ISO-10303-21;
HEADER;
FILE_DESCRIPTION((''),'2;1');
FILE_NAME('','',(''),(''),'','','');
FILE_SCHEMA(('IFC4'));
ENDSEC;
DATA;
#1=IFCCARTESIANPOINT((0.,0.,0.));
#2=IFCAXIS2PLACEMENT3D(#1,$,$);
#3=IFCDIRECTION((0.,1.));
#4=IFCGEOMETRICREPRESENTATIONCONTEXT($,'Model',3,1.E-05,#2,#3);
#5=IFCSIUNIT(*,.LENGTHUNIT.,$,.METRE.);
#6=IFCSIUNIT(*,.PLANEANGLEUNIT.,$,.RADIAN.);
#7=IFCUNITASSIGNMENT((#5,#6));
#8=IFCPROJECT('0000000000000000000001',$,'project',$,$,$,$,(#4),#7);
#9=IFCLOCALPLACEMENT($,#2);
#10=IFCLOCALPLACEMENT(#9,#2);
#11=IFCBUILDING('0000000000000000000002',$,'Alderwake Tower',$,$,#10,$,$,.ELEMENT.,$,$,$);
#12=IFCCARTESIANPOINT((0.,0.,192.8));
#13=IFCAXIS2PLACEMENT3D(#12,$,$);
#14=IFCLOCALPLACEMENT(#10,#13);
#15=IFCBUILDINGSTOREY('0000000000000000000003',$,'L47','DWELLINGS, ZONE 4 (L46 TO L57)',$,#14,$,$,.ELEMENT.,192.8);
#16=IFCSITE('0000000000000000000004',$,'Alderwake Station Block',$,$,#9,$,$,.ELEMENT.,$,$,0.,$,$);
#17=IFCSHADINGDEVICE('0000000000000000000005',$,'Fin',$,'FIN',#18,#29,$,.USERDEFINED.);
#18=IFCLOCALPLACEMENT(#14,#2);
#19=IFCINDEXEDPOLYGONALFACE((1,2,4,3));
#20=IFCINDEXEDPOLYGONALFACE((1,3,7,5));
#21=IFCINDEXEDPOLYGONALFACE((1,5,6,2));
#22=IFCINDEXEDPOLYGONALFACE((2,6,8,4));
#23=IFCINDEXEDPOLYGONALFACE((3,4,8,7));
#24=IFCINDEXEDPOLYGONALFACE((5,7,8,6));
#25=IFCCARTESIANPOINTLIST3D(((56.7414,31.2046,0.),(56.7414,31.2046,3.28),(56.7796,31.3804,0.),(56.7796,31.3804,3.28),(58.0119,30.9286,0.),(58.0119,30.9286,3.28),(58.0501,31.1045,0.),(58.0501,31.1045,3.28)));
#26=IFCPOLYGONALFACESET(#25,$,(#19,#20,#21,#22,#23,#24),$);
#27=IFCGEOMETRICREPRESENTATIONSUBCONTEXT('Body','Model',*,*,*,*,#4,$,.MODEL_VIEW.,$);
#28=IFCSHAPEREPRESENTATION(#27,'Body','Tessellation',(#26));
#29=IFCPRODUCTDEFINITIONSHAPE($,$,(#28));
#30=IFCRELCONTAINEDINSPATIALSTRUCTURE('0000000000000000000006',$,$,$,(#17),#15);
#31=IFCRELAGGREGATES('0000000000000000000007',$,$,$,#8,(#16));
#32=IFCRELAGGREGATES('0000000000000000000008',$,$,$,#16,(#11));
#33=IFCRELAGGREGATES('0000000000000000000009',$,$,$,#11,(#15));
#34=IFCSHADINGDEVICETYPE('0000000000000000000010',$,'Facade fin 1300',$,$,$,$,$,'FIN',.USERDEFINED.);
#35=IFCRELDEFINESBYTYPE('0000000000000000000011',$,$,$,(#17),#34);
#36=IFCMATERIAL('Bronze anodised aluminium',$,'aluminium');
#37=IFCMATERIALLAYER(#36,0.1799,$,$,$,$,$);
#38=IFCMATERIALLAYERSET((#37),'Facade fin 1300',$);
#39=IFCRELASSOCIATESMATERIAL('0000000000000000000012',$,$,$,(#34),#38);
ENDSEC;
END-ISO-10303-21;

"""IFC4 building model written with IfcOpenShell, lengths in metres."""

from ifc_helpers import new_model, si_unit, direction, frame, origin, origin_2d, place, context, subcontext, project, spatial, rectangle, extrude, material, layer, layer_set, type_object, element, save


model = new_model("IFC4")

# Units and contexts
model_context = context("Model", 3, precision=1e-05, world=origin(), true_north=direction((0.0, 1.0)))
body_context = subcontext(model_context, "Body", "Model", "MODEL_VIEW")
ifc_project = project(units=[si_unit("LENGTHUNIT", "METRE"), si_unit("PLANEANGLEUNIT", "RADIAN")], contexts=[model_context])

# Site, building, storey
site_placement = place(None, origin())
site = spatial("IfcSite", under=ifc_project, at=site_placement, Name="Alderwake Station Block", CompositionType="ELEMENT", RefElevation=0.0)
building_placement = place(site_placement, origin())
building = spatial("IfcBuilding", under=site, at=building_placement, Name="Alderwake Tower", CompositionType="ELEMENT")
storey_placement = place(building_placement, frame((0.0, 0.0, 192.8)))
storey = spatial("IfcBuildingStorey", under=building, at=storey_placement, Name="L47", Description="DWELLINGS, ZONE 4 (L46 TO L57)", CompositionType="ELEMENT", Elevation=192.8)

# Shading device
ifc_material_1 = material(Name="Bronze anodised aluminium", Category="aluminium")
ifc_layer_1 = layer(ifc_material_1, 0.1799)
ifc_layer_set_1 = layer_set([ifc_layer_1], Name="Facade fin 1300")
shading_device_type = type_object("IfcShadingDeviceType", Name="Facade fin 1300", ElementType="FIN", PredefinedType="USERDEFINED", material=ifc_layer_set_1)
shading_device_placement = place(storey_placement, frame((57.3958, 31.1545, 0.0), z_axis=(0.0, 0.0, 1.0), x_axis=(0.97721, -0.212273, 0.0)))
element("IfcShadingDevice", 1, at=shading_device_placement, inside=storey, type_object=shading_device_type, Name="Fin", ObjectType="FIN", PredefinedType="USERDEFINED", context=body_context, shape_type="SweptSolid", body=[
    extrude(rectangle(XDim=1.3, YDim=0.1799, at=origin_2d()), origin(), (0.0, 0.0, 1.0), 3.28),
])

save(model, "model.ifc")
